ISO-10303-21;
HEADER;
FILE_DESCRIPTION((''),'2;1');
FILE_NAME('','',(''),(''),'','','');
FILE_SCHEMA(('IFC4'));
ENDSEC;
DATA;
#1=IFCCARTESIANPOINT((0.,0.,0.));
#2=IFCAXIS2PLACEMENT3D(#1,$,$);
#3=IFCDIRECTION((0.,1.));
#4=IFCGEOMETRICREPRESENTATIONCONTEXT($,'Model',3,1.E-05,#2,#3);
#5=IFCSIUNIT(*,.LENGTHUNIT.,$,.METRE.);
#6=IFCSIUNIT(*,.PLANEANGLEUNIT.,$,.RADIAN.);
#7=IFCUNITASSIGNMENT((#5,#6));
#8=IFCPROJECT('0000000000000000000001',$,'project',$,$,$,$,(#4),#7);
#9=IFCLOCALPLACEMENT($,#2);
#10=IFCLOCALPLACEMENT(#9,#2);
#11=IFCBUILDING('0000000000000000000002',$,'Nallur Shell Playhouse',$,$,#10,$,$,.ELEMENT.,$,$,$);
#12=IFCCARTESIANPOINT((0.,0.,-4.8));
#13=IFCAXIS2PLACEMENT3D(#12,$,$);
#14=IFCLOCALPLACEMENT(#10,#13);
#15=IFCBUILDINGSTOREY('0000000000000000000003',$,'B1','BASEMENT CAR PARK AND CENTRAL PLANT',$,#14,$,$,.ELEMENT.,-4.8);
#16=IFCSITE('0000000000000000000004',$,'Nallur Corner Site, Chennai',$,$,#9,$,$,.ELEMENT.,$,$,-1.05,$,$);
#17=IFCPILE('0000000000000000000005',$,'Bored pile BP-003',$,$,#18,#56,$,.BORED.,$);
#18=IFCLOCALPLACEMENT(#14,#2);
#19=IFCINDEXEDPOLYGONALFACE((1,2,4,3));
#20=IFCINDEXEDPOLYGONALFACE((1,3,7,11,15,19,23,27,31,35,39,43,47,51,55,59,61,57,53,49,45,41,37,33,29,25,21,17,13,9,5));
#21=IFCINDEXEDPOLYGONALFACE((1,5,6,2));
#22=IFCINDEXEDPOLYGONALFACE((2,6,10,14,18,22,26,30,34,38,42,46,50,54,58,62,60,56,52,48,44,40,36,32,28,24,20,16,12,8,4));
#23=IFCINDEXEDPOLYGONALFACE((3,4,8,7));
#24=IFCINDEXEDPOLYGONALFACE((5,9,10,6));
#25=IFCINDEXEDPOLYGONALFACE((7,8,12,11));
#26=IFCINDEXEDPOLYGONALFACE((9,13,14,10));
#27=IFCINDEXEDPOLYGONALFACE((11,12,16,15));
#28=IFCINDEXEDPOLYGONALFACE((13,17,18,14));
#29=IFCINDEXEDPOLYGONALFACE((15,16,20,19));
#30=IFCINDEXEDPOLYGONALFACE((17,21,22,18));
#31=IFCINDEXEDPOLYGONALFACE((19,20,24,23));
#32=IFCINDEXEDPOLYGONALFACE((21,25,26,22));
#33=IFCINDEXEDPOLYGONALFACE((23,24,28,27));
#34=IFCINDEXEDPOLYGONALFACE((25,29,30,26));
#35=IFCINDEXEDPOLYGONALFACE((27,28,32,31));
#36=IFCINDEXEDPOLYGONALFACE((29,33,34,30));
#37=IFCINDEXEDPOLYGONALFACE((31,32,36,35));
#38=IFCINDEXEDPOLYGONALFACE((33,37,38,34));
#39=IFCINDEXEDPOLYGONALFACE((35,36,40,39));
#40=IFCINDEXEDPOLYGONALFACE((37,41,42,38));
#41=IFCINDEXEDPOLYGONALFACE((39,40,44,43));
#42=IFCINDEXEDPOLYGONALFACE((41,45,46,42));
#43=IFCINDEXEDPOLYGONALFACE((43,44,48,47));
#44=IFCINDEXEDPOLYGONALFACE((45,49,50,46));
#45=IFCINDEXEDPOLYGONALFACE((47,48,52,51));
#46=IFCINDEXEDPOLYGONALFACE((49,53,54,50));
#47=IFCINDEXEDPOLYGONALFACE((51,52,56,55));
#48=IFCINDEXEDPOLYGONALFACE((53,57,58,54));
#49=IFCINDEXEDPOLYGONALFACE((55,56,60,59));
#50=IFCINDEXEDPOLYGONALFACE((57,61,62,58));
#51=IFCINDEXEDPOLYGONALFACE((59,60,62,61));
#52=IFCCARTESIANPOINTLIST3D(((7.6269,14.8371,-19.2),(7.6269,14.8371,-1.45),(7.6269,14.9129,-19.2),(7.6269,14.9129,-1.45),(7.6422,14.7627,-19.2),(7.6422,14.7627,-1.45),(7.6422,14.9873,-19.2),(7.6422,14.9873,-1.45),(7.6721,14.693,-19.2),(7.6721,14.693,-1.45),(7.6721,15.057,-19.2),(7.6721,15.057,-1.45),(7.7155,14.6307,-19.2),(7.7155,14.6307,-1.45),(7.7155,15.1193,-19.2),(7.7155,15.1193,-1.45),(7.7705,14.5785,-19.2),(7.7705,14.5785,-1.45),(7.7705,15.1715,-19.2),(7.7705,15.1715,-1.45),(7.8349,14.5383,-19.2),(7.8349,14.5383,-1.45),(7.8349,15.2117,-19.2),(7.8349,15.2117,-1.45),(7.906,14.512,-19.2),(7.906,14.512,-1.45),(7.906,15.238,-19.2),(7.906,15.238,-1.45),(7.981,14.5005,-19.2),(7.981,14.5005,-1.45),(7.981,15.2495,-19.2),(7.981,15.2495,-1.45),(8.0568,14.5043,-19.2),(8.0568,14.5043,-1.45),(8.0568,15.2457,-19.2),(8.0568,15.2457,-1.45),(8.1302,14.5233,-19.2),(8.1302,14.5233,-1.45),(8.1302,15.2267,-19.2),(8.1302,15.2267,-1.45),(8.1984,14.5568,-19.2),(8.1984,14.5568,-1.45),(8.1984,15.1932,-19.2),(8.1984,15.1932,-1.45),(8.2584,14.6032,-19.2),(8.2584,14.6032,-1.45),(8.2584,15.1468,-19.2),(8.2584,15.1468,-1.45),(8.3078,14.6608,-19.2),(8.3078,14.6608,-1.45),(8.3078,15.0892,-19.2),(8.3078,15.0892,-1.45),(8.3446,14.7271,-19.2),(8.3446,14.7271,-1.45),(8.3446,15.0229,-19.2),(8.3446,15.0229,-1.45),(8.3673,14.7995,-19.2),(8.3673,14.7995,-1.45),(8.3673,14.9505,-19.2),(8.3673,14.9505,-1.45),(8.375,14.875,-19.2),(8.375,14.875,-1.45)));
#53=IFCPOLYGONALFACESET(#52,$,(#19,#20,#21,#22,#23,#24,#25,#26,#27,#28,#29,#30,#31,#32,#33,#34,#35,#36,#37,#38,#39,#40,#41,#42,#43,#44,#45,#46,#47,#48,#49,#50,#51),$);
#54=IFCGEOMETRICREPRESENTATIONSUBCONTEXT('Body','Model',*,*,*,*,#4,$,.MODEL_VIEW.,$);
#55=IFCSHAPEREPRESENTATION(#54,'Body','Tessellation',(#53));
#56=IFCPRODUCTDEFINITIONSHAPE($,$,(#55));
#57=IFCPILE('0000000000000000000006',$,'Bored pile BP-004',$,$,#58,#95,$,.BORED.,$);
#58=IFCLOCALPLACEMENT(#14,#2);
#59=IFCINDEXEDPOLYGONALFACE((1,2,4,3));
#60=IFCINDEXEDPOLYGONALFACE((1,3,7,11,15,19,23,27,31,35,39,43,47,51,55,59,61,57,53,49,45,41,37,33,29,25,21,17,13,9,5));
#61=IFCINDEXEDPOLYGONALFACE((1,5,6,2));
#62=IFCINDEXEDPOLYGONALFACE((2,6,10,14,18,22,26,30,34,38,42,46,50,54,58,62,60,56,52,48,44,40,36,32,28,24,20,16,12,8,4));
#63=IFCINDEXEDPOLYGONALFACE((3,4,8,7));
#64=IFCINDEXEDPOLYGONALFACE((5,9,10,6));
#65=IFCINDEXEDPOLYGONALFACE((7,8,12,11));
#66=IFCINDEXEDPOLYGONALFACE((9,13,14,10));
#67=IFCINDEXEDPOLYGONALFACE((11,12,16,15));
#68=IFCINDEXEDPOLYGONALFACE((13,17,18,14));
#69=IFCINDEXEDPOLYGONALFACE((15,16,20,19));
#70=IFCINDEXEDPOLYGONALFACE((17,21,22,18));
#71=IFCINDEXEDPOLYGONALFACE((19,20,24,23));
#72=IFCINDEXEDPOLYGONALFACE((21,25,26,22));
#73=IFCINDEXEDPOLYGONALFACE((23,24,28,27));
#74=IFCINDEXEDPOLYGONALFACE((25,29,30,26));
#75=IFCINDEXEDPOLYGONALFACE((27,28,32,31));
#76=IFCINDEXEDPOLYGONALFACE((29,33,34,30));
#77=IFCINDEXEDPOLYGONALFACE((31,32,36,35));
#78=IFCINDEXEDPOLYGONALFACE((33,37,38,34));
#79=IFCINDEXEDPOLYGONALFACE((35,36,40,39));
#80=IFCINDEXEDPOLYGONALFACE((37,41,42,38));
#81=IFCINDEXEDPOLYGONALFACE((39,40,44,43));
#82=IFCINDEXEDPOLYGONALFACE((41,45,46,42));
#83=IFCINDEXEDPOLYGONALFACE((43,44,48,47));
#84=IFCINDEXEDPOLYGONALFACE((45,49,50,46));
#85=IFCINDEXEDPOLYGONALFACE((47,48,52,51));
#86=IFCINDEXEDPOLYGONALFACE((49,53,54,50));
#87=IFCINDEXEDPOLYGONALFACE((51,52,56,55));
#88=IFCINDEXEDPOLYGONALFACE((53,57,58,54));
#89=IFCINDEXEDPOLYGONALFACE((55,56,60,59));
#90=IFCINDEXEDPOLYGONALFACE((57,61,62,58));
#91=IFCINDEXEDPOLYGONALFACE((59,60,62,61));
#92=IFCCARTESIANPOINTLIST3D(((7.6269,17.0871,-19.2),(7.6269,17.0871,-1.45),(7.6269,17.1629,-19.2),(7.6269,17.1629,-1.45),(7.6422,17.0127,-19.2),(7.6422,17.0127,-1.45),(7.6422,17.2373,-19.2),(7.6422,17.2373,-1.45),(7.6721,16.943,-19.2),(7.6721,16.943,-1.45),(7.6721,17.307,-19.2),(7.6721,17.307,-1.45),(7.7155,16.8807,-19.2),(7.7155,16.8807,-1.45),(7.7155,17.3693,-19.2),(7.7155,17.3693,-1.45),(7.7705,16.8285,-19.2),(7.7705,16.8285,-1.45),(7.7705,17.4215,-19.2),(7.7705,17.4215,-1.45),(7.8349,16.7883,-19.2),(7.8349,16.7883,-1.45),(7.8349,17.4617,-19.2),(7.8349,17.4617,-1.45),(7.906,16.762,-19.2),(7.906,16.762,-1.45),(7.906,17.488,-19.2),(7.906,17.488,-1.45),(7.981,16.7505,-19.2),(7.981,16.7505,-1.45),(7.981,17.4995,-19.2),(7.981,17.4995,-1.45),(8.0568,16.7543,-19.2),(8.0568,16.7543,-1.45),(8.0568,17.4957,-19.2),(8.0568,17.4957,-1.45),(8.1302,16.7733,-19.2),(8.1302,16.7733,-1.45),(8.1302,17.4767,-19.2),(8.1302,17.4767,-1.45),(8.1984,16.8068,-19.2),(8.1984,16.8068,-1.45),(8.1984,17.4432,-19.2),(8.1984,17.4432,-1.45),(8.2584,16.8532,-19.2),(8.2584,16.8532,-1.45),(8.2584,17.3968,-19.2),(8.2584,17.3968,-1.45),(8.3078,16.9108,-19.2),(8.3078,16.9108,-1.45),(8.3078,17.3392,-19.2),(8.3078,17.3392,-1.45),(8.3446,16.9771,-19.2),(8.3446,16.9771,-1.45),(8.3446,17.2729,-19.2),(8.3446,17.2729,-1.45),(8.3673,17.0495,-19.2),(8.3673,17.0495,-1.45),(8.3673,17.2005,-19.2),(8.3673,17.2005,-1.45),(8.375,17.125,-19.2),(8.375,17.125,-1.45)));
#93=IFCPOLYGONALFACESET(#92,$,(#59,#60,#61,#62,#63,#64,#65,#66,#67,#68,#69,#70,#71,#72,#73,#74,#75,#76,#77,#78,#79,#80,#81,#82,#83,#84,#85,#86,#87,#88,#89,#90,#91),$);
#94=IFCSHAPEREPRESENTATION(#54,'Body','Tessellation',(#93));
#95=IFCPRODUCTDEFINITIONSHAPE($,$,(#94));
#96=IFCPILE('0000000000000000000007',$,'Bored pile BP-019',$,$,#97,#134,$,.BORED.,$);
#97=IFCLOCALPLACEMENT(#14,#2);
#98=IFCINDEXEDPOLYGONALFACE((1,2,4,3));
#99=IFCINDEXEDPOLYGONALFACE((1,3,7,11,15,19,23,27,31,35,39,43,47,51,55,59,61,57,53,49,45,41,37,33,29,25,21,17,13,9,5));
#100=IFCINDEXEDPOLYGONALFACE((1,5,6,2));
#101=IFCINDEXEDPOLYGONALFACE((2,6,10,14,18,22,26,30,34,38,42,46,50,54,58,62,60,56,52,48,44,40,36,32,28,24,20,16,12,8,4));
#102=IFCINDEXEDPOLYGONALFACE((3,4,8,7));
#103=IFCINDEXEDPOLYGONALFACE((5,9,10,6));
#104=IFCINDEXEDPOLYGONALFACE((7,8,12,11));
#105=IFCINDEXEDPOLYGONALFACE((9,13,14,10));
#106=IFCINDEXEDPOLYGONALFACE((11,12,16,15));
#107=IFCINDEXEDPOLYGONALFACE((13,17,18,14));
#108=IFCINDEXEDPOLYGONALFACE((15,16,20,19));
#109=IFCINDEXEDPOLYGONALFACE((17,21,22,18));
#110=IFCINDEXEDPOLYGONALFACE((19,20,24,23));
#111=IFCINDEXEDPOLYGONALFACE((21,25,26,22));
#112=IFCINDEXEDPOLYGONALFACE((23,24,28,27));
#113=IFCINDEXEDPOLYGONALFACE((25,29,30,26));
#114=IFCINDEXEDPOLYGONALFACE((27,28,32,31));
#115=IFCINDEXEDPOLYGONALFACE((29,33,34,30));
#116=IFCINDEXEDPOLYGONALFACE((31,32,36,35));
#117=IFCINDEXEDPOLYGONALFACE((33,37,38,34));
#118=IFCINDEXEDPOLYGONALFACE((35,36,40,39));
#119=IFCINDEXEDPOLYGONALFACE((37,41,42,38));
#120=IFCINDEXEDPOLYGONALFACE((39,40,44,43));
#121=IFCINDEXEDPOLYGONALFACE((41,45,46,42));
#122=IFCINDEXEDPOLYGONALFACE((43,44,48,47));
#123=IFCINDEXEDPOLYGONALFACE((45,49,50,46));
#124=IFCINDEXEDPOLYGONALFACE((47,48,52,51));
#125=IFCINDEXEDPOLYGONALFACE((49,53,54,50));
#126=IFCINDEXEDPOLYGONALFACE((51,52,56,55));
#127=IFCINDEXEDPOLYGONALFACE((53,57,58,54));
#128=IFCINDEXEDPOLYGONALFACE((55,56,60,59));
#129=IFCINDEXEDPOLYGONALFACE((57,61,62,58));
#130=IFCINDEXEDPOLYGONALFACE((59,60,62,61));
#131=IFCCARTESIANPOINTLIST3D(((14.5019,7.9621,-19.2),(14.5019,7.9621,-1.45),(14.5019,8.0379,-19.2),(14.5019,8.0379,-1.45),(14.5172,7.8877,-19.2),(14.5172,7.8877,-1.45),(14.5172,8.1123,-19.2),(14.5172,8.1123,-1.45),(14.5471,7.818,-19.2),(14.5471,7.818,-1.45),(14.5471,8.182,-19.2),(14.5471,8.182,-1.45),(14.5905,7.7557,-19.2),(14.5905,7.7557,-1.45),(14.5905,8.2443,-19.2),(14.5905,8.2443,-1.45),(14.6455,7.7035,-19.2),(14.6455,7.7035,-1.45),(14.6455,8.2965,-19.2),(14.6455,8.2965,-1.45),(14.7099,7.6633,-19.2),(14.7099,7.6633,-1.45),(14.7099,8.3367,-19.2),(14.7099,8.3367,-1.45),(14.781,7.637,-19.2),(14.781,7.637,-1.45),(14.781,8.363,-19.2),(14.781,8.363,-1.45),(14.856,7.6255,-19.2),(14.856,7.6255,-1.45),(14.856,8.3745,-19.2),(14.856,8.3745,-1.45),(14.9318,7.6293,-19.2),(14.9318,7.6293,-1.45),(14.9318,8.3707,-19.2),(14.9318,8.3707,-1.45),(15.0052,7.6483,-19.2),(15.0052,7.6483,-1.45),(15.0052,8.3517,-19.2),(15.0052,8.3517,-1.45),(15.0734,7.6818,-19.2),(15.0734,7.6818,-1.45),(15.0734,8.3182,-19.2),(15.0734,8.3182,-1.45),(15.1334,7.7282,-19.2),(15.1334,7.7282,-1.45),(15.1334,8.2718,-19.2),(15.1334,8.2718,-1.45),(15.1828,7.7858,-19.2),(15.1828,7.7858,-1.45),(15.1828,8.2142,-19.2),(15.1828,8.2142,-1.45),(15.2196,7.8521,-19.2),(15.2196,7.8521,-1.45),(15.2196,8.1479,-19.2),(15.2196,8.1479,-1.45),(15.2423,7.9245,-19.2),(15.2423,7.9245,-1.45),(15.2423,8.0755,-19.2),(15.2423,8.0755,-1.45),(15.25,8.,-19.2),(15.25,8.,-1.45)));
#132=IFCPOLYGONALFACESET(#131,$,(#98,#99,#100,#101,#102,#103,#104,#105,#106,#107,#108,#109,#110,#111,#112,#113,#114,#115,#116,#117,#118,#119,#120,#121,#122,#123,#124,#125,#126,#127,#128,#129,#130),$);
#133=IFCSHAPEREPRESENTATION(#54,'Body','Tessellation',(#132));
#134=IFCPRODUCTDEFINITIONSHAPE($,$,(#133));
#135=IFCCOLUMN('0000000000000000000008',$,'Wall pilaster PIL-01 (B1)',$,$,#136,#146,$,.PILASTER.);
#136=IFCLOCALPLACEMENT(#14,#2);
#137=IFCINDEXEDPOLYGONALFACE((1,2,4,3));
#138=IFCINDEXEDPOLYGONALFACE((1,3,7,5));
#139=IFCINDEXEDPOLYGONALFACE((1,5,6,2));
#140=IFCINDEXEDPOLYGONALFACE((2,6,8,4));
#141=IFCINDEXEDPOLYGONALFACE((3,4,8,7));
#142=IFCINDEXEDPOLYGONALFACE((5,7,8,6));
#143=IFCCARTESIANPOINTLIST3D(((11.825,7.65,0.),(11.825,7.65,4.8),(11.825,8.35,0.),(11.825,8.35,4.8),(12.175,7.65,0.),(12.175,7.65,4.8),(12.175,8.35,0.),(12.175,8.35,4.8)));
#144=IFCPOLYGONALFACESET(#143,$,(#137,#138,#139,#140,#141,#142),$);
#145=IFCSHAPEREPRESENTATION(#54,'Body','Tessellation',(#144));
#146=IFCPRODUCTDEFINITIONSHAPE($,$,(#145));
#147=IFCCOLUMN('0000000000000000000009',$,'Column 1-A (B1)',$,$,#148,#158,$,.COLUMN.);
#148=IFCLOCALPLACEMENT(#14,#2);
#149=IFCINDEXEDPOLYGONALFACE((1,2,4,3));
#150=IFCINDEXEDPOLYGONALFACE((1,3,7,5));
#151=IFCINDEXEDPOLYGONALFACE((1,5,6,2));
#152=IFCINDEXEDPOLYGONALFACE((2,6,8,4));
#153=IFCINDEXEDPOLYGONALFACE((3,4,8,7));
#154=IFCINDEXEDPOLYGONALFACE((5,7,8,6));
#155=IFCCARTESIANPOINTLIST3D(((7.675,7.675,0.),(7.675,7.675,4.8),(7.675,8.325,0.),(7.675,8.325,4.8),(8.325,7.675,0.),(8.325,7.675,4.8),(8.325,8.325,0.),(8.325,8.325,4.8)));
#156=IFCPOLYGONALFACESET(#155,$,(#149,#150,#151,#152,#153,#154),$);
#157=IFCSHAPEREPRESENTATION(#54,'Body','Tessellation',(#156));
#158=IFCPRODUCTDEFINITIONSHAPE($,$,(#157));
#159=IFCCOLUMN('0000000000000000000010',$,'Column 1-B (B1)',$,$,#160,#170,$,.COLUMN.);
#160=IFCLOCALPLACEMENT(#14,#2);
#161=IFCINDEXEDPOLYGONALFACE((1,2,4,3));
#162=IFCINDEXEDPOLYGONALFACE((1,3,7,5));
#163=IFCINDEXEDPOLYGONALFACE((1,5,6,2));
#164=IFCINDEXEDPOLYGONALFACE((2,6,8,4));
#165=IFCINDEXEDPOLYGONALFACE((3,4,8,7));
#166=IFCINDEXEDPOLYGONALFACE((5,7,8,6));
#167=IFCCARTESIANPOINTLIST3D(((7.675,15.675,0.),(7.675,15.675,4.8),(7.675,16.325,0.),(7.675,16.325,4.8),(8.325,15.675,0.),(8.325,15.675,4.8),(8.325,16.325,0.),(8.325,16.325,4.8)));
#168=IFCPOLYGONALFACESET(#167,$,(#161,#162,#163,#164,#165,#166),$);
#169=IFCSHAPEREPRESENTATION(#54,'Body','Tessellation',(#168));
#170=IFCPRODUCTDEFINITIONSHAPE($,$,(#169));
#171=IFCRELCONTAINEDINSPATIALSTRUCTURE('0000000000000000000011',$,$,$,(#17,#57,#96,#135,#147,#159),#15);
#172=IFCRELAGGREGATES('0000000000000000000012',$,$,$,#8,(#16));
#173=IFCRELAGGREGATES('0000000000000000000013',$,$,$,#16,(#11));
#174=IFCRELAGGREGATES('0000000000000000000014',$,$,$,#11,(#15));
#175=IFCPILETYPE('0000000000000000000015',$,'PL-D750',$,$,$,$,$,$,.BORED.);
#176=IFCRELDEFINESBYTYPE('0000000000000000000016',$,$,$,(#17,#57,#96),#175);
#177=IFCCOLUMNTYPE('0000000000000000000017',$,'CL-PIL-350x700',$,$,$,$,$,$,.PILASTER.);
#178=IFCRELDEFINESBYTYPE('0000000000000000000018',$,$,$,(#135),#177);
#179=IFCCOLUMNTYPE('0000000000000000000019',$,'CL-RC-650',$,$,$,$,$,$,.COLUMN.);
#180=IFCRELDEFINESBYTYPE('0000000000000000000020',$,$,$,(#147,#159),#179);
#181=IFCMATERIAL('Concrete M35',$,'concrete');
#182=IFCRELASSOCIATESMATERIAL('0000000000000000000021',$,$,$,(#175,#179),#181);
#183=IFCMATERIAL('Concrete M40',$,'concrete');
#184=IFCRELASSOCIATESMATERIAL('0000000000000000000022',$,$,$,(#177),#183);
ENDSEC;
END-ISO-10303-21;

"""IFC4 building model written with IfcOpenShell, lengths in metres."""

from ifc_helpers import new_model, si_unit, direction, frame, origin, origin_2d, place, context, subcontext, project, spatial, rectangle, circle, extrude, material, material_profile, profile_set, type_object, element, save


model = new_model("IFC4")

# Units and contexts
model_context = context("Model", 3, precision=1e-05, world=origin(), true_north=direction((0.0, 1.0)))
body_context = subcontext(model_context, "Body", "Model", "MODEL_VIEW")
ifc_project = project(units=[si_unit("LENGTHUNIT", "METRE"), si_unit("PLANEANGLEUNIT", "RADIAN")], contexts=[model_context])

# Site, building, storey
site_placement = place(None, origin())
site = spatial("IfcSite", under=ifc_project, at=site_placement, Name="Nallur Corner Site, Chennai", CompositionType="ELEMENT", RefElevation=-1.05)
building_placement = place(site_placement, origin())
building = spatial("IfcBuilding", under=site, at=building_placement, Name="Nallur Shell Playhouse", CompositionType="ELEMENT")
storey_placement = place(building_placement, frame((0.0, 0.0, -4.8)))
storey = spatial("IfcBuildingStorey", under=building, at=storey_placement, Name="B1", Description="BASEMENT CAR PARK AND CENTRAL PLANT", CompositionType="ELEMENT", Elevation=-4.8)

# Shared definitions
ifc_material_1 = material(Name="Concrete M35", Category="concrete")

# Piles
ifc_material_profile_1 = material_profile(ifc_material_1, circle(Radius=0.375, at=origin_2d()), Name="BORED PILE D750")
ifc_profile_set_1 = profile_set([ifc_material_profile_1], Name="Concrete M35")
pile_type = type_object("IfcPileType", Name="PL-D750", PredefinedType="BORED", material=ifc_profile_set_1)
for number, where, z_axis, x_axis, name in (
    (1, (8.0, 14.875, -1.45), (0.0, 0.0, -1.0), (1.0, 0.0, 0.0), "Bored pile BP-003"),
    (2, (8.0, 17.125, -1.45), (0.0, 0.0, -1.0), (1.0, 0.0, 0.0), "Bored pile BP-004"),
    (3, (14.875, 8.0, -1.45), (0.0, 0.0, -1.0), (1.0, 0.0, 0.0), "Bored pile BP-019"),
):
    element("IfcPile", number, at=place(storey_placement, frame(where, z_axis=z_axis, x_axis=x_axis)), inside=storey, type_object=pile_type, Name=name, PredefinedType="BORED", context=body_context, shape_type="SweptSolid", body=[
        extrude(circle(Radius=0.375, at=origin_2d()), origin(), (0.0, 0.0, 1.0), 17.75),
    ])

# Columns
ifc_material_2 = material(Name="Concrete M40", Category="concrete")
ifc_material_profile_2 = material_profile(ifc_material_2, rectangle(XDim=0.3501, YDim=0.7, at=origin_2d()), Name="RC 350x700")
ifc_profile_set_2 = profile_set([ifc_material_profile_2], Name="Concrete M40")
column_type_1 = type_object("IfcColumnType", Name="CL-PIL-350x700", PredefinedType="PILASTER", material=ifc_profile_set_2)
column_1_placement = place(storey_placement, frame((12.0, 8.0, 0.0), z_axis=(0.0, 0.0, 1.0), x_axis=(1.0, 0.0, 0.0)))
element("IfcColumn", 4, at=column_1_placement, inside=storey, type_object=column_type_1, Name="Wall pilaster PIL-01 (B1)", PredefinedType="PILASTER", context=body_context, shape_type="SweptSolid", body=[
    extrude(rectangle(XDim=0.3501, YDim=0.7, at=origin_2d()), origin(), (0.0, 0.0, 1.0), 4.8),
])
ifc_material_profile_3 = material_profile(ifc_material_1, rectangle(XDim=0.6499, YDim=0.6499, at=origin_2d()), Name="RC 650x650")
ifc_profile_set_3 = profile_set([ifc_material_profile_3], Name="Concrete M35")
column_type_2 = type_object("IfcColumnType", Name="CL-RC-650", PredefinedType="COLUMN", material=ifc_profile_set_3)
for number, where, z_axis, x_axis, name in (
    (5, (8.0, 8.0, 0.0), (0.0, 0.0, 1.0), (1.0, 0.0, 0.0), "Column 1-A (B1)"),
    (6, (8.0, 16.0, 0.0), (0.0, 0.0, 1.0), (1.0, 0.0, 0.0), "Column 1-B (B1)"),
):
    element("IfcColumn", number, at=place(storey_placement, frame(where, z_axis=z_axis, x_axis=x_axis)), inside=storey, type_object=column_type_2, Name=name, PredefinedType="COLUMN", context=body_context, shape_type="SweptSolid", body=[
        extrude(rectangle(XDim=0.6499, YDim=0.6499, at=origin_2d()), origin(), (0.0, 0.0, 1.0), 4.8),
    ])

save(model, "model.ifc")
